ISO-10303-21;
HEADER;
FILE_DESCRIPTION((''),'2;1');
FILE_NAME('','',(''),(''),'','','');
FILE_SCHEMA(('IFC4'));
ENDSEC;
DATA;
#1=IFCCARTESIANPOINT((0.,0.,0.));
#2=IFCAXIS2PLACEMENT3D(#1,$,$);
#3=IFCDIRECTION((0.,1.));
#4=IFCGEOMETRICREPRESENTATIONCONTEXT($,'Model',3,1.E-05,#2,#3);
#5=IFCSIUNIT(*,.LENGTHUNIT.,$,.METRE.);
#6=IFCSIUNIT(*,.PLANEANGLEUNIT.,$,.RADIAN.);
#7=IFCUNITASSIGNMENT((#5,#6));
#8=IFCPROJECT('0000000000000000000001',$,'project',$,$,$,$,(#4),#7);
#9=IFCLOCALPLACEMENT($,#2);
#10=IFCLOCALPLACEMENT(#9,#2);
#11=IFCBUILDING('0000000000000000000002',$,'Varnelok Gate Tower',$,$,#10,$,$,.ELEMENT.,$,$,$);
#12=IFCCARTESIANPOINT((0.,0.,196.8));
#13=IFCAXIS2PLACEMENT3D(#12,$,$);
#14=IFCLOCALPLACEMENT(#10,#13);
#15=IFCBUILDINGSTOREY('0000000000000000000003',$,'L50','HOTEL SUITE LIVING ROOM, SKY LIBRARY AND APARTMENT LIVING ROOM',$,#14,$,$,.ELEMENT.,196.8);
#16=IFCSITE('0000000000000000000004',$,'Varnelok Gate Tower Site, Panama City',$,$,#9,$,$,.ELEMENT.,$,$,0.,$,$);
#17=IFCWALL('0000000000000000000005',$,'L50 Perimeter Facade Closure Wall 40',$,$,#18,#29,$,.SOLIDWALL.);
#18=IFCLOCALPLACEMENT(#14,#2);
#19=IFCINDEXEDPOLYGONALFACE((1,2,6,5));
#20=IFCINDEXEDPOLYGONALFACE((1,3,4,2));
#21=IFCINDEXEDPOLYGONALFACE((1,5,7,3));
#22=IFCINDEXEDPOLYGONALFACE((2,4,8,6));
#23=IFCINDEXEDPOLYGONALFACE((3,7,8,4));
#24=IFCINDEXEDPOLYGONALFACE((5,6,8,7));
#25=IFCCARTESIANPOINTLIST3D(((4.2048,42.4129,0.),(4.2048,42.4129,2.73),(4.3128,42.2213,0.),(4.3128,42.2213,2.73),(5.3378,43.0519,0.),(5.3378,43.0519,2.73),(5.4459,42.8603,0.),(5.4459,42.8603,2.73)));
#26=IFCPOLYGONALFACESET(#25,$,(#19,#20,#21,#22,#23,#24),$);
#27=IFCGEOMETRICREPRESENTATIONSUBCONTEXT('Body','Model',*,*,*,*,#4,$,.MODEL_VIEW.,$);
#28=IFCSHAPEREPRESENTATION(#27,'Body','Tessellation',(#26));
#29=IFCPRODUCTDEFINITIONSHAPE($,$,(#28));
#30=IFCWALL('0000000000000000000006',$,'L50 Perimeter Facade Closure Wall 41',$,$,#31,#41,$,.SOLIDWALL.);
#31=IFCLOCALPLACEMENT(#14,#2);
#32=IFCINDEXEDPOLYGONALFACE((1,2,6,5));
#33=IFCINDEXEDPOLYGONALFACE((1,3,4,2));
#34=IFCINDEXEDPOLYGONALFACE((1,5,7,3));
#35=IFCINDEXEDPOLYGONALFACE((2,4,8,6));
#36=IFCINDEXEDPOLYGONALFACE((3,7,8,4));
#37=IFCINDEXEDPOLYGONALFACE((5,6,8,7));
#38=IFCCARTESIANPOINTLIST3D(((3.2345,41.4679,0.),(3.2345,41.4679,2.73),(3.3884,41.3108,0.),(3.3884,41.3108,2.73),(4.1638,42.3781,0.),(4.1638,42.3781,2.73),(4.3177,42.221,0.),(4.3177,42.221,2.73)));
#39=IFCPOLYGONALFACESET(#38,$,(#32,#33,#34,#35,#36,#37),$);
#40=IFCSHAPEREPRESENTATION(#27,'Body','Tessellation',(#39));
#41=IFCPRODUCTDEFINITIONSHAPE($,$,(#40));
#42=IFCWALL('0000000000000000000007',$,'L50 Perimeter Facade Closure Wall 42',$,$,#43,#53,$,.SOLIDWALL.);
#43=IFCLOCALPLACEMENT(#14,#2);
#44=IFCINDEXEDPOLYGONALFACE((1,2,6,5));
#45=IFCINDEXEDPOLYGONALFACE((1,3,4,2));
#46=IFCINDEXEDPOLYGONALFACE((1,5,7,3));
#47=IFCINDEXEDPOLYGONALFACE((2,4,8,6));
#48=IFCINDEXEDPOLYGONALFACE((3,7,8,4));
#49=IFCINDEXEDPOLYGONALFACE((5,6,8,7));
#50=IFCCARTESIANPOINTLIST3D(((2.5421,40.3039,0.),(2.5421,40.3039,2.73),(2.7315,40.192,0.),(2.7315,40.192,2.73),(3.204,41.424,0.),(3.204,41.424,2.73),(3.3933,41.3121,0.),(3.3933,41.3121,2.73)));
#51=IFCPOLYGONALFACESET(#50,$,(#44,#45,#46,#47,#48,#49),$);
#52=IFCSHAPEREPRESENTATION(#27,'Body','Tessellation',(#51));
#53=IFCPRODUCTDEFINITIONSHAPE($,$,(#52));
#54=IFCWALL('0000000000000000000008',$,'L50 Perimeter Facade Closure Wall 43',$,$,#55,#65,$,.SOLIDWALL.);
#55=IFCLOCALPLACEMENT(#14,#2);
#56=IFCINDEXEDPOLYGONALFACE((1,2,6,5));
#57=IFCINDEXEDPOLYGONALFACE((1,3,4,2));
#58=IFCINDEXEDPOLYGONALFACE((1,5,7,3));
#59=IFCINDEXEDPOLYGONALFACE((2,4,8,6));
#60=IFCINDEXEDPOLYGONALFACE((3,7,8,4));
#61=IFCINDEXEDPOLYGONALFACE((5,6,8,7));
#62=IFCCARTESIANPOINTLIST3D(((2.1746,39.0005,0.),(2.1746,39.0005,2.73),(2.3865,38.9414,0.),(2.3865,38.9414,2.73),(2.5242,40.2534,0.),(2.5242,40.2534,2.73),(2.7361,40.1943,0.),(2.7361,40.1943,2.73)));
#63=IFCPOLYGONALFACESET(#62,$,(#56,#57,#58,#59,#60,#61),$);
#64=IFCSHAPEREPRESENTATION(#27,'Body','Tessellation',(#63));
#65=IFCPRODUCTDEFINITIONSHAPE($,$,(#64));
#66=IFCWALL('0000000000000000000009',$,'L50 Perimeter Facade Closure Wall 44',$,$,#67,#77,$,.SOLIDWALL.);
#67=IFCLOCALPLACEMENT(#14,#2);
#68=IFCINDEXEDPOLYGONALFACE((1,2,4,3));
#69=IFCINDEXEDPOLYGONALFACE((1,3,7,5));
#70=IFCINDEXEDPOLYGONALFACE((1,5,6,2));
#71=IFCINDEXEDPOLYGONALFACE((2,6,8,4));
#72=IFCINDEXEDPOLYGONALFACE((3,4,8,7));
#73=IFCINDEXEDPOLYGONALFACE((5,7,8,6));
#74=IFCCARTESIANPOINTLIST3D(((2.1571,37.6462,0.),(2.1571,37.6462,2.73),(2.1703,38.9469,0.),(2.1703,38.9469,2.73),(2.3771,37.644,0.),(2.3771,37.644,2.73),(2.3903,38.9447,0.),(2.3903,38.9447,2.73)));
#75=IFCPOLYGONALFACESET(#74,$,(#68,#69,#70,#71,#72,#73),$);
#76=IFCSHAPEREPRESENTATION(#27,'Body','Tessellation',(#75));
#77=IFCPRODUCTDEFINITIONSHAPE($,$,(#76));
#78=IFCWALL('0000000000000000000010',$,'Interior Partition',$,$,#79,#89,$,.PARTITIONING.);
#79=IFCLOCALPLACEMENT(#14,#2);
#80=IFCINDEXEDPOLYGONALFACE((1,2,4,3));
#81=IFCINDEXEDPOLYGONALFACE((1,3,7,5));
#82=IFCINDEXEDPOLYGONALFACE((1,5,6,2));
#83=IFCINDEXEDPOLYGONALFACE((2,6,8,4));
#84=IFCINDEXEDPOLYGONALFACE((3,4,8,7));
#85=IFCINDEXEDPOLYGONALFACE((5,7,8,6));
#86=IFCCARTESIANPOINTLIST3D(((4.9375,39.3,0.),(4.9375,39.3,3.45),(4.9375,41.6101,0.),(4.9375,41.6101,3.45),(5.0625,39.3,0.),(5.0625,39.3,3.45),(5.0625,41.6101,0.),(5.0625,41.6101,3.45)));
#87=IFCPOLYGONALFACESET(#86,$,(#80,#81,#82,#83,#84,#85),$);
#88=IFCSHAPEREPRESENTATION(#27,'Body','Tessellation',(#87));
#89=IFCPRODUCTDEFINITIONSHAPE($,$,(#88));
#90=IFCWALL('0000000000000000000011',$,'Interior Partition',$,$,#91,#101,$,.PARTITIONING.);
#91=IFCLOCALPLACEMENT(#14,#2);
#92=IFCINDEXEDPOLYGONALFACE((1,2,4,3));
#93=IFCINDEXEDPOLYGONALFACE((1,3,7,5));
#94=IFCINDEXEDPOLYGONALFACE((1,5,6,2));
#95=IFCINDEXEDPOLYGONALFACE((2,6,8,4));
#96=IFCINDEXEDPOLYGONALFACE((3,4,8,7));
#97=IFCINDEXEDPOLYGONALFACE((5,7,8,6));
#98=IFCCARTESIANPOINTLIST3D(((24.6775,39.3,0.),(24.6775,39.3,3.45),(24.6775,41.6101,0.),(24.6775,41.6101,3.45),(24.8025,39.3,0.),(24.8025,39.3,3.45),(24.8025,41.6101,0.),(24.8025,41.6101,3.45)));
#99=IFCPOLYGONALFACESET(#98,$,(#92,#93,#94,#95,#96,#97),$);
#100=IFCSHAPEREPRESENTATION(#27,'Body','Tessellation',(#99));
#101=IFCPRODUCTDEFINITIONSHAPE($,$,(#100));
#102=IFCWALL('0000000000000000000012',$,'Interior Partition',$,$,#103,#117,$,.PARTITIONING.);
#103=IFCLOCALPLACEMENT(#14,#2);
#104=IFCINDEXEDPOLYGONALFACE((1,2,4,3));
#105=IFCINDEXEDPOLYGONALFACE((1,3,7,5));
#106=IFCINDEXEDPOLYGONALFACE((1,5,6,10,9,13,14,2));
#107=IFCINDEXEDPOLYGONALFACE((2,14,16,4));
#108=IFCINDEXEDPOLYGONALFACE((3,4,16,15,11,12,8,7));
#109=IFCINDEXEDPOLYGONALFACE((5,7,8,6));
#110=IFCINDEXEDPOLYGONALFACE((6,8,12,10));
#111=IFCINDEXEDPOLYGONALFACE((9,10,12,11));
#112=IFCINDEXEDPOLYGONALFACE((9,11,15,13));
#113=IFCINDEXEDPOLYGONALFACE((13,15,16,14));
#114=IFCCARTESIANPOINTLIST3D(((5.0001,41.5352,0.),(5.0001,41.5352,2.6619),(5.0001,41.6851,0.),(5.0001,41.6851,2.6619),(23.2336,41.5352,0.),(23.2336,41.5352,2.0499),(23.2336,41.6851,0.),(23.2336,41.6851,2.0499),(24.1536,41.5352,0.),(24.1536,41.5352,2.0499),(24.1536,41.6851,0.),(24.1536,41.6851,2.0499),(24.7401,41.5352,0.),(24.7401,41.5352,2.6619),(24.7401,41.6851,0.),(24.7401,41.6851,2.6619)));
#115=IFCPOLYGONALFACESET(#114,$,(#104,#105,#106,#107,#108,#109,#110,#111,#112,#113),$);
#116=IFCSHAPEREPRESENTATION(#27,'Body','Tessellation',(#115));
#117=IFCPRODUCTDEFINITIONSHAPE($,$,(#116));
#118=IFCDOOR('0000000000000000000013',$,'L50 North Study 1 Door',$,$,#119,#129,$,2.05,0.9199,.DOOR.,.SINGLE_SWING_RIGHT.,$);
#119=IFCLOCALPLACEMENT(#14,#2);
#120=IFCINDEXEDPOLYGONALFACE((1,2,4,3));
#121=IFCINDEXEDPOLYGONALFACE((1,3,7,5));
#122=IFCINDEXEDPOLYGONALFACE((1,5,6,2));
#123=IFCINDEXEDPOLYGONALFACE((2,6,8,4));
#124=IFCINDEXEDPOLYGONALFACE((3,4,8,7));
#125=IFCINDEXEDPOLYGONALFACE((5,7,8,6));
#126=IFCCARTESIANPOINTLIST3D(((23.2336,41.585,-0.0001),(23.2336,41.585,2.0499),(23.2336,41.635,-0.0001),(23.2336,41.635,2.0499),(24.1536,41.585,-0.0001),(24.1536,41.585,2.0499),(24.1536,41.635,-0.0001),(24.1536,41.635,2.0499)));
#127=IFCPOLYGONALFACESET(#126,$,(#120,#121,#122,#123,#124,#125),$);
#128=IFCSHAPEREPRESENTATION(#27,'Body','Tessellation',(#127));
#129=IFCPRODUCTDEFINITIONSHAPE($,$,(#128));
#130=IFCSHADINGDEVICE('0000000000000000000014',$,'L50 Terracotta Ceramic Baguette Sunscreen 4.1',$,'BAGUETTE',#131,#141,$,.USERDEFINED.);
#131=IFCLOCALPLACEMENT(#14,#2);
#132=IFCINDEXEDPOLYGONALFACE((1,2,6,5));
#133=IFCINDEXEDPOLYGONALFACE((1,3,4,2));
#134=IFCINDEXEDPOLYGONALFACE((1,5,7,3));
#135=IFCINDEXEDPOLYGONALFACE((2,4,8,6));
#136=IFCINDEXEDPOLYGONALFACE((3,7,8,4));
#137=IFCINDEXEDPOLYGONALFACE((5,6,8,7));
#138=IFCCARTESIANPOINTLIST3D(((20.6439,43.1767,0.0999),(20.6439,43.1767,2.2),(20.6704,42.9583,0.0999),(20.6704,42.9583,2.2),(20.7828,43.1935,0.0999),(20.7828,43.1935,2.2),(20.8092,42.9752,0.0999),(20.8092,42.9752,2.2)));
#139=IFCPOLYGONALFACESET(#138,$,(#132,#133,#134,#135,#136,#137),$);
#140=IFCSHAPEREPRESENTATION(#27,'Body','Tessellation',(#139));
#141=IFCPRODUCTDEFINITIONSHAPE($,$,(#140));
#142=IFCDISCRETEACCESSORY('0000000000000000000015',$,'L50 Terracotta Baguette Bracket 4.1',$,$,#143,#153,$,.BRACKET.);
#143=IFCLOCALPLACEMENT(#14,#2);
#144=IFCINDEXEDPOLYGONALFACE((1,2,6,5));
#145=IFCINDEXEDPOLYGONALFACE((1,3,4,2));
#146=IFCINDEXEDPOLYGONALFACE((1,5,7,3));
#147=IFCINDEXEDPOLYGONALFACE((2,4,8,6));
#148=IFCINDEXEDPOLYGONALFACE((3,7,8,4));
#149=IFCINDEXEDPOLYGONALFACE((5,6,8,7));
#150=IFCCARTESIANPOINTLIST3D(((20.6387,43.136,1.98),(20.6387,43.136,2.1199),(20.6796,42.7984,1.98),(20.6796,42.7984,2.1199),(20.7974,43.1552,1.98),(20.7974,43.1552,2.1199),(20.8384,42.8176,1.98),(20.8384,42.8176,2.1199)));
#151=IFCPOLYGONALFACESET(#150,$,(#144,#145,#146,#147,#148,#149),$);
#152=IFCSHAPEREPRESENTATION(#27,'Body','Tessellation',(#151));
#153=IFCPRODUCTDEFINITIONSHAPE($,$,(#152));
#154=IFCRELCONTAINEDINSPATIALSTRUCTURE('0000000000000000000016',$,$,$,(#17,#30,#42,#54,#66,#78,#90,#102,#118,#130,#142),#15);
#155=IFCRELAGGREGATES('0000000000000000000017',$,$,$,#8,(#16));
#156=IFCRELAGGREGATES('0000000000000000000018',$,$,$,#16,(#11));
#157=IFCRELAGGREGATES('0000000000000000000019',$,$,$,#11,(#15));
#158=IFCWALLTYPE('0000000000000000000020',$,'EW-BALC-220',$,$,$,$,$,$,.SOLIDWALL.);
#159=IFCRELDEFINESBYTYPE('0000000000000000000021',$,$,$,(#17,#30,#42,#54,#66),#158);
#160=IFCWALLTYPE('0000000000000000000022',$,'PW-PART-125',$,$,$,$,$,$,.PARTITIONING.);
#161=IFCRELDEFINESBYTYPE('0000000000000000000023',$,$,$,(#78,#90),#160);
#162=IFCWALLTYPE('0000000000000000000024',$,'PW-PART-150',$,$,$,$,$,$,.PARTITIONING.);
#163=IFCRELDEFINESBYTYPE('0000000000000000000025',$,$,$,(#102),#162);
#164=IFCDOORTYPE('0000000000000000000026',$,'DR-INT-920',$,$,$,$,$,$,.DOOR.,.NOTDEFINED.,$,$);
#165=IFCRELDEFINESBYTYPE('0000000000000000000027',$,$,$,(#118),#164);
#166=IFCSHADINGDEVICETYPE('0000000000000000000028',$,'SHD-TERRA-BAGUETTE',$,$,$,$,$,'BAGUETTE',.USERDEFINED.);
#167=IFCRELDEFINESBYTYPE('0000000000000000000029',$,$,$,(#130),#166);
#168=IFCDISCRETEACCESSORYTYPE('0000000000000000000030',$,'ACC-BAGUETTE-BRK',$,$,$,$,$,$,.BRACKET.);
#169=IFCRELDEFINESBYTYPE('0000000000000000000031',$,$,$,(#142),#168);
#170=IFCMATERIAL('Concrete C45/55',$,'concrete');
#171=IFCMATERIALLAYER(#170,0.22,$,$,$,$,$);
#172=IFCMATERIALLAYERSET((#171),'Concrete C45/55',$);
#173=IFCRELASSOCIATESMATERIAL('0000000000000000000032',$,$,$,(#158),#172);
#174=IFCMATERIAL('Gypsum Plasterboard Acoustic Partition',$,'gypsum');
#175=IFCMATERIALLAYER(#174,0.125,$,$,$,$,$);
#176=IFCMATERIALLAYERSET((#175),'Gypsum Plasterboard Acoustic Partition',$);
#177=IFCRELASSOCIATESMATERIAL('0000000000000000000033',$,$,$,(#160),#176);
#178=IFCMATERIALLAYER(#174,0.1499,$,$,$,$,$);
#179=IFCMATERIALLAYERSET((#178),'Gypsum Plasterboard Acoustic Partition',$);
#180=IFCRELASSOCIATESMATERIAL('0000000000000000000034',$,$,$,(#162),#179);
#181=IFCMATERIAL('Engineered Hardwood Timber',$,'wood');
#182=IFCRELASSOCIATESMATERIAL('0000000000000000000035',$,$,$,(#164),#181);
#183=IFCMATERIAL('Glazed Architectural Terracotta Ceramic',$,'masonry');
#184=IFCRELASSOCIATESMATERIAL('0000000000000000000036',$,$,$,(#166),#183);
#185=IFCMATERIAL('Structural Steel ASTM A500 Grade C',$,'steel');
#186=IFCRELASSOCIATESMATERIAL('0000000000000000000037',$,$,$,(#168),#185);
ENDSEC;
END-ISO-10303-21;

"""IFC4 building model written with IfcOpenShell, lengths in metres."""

from ifc_helpers import new_model, si_unit, direction, frame, frame_2d, origin, origin_2d, place, context, subcontext, project, spatial, rectangle, extrude, source, transform, mapped, material, layer, layer_set, type_object, element, fill, save


model = new_model("IFC4")

# Units and contexts
model_context = context("Model", 3, precision=1e-05, world=origin(), true_north=direction((0.0, 1.0)))
body_context = subcontext(model_context, "Body", "Model", "MODEL_VIEW")
ifc_project = project(units=[si_unit("LENGTHUNIT", "METRE"), si_unit("PLANEANGLEUNIT", "RADIAN")], contexts=[model_context])

# Site, building, storey
site_placement = place(None, origin())
site = spatial("IfcSite", under=ifc_project, at=site_placement, Name="Varnelok Gate Tower Site, Panama City", CompositionType="ELEMENT", RefElevation=0.0)
building_placement = place(site_placement, origin())
building = spatial("IfcBuilding", under=site, at=building_placement, Name="Varnelok Gate Tower", CompositionType="ELEMENT")
storey_placement = place(building_placement, frame((0.0, 0.0, 196.8)))
storey = spatial("IfcBuildingStorey", under=building, at=storey_placement, Name="L50", Description="HOTEL SUITE LIVING ROOM, SKY LIBRARY AND APARTMENT LIVING ROOM", CompositionType="ELEMENT", Elevation=196.8)

# Shared definitions
ifc_material_1 = material(Name="Concrete C45/55", Category="concrete")
ifc_layer_1 = layer(ifc_material_1, 0.22)
ifc_layer_set_1 = layer_set([ifc_layer_1], Name="Concrete C45/55")
wall_type_1 = type_object("IfcWallType", Name="EW-BALC-220", PredefinedType="SOLIDWALL", material=ifc_layer_set_1)

# Walls
for number, where, z_axis, x_axis, name in (
    (1, (5.3918, 42.9561, 0.0), (0.0, 0.0, 1.0), (-0.871059, -0.491179, 0.0), "L50 Perimeter Facade Closure Wall 40"),
    (2, (4.2407, 42.2996, 0.0), (0.0, 0.0, 1.0), (-0.714389, -0.699749, 0.0), "L50 Perimeter Facade Closure Wall 41"),
):
    element("IfcWall", number, at=place(storey_placement, frame(where, z_axis=z_axis, x_axis=x_axis)), inside=storey, type_object=wall_type_1, Name=name, PredefinedType="SOLIDWALL", context=body_context, shape_type="SweptSolid", body=[
        extrude(rectangle(XDim=1.3008, YDim=0.22, at=frame_2d((0.6504, 0.0))), origin(), (0.0, 0.0, 1.0), 2.73),
    ])
wall_1_placement = place(storey_placement, frame((3.2986, 41.3679, 0.0), z_axis=(0.0, 0.0, 1.0), x_axis=(-0.508717, -0.860934, 0.0)))
element("IfcWall", 3, at=wall_1_placement, inside=storey, type_object=wall_type_1, Name="L50 Perimeter Facade Closure Wall 42", PredefinedType="SOLIDWALL", context=body_context, shape_type="SweptSolid", body=[
    extrude(rectangle(XDim=1.301, YDim=0.22, at=frame_2d((0.6504, 0.0))), origin(), (0.0, 0.0, 1.0), 2.73),
])
for number, where, z_axis, x_axis, name in (
    (4, (2.6301, 40.2239, 0.0), (0.0, 0.0, 1.0), (-0.268767, -0.963205, 0.0), "L50 Perimeter Facade Closure Wall 43"),
    (5, (2.2803, 38.9458, 0.0), (0.0, 0.0, 1.0), (-0.010135, -0.999949, 0.0), "L50 Perimeter Facade Closure Wall 44"),
):
    element("IfcWall", number, at=place(storey_placement, frame(where, z_axis=z_axis, x_axis=x_axis)), inside=storey, type_object=wall_type_1, Name=name, PredefinedType="SOLIDWALL", context=body_context, shape_type="SweptSolid", body=[
        extrude(rectangle(XDim=1.3008, YDim=0.22, at=frame_2d((0.6504, 0.0))), origin(), (0.0, 0.0, 1.0), 2.73),
    ])
ifc_material_2 = material(Name="Gypsum Plasterboard Acoustic Partition", Category="gypsum")
ifc_layer_2 = layer(ifc_material_2, 0.125)
ifc_layer_set_2 = layer_set([ifc_layer_2], Name="Gypsum Plasterboard Acoustic Partition")
wall_type_2 = type_object("IfcWallType", Name="PW-PART-125", PredefinedType="PARTITIONING", material=ifc_layer_set_2)
for number, where, z_axis, x_axis, name in (
    (6, (5.0, 39.3, 0.0), (0.0, 0.0, 1.0), (0.0, 1.0, 0.0), "Interior Partition"),
    (7, (24.74, 39.3, 0.0), (0.0, 0.0, 1.0), (0.0, 1.0, 0.0), "Interior Partition"),
):
    element("IfcWall", number, at=place(storey_placement, frame(where, z_axis=z_axis, x_axis=x_axis)), inside=storey, type_object=wall_type_2, Name=name, PredefinedType="PARTITIONING", context=body_context, shape_type="SweptSolid", body=[
        extrude(rectangle(XDim=2.3101, YDim=0.125, at=frame_2d((1.155, 0.0))), origin(), (0.0, 0.0, 1.0), 3.45),
    ])

# Wall, opening, door
ifc_layer_3 = layer(ifc_material_2, 0.1499)
ifc_layer_set_3 = layer_set([ifc_layer_3], Name="Gypsum Plasterboard Acoustic Partition")
wall_type_3 = type_object("IfcWallType", Name="PW-PART-150", PredefinedType="PARTITIONING", material=ifc_layer_set_3)
wall_2_placement = place(storey_placement, frame((5.0, 41.6101, 0.0), z_axis=(0.0, 0.0, 1.0), x_axis=(1.0, 0.0, 0.0)))
wall_2 = element("IfcWall", 8, at=wall_2_placement, inside=storey, type_object=wall_type_3, Name="Interior Partition", PredefinedType="PARTITIONING", context=body_context, shape_type="SweptSolid", body=[
    extrude(rectangle(XDim=19.74, YDim=0.1499, at=frame_2d((9.8701, 0.0))), origin(), (0.0, 0.0, 1.0), 2.6619),
])
opening_1_placement = place(wall_2_placement, frame((18.2336, 0.0, 0.0)))
opening_1 = element("IfcOpeningElement", 9, at=opening_1_placement, cuts=wall_2, PredefinedType="OPENING", context=body_context, shape_type="SweptSolid", body=[
    extrude(rectangle(XDim=0.9199, YDim=2.05, at=frame_2d((0.46, 1.0249))), frame((0.0, 0.085, 0.0), z_axis=(0.0, -1.0, 0.0), x_axis=(1.0, 0.0, 0.0)), (0.0, 0.0, 1.0), 0.1699),
])
ifc_material_3 = material(Name="Engineered Hardwood Timber", Category="wood")
door_type_1 = type_object("IfcDoorType", Name="DR-INT-920", OperationType="NOTDEFINED", PredefinedType="DOOR", material=ifc_material_3)
door_1_placement = place(opening_1_placement, origin())
door_1 = element("IfcDoor", 10, at=door_1_placement, inside=storey, type_object=door_type_1, Name="L50 North Study 1 Door", OperationType="SINGLE_SWING_RIGHT", OverallHeight=2.05, OverallWidth=0.9199, PredefinedType="DOOR", context=body_context, shape_type="SweptSolid", body=[
    extrude(rectangle(XDim=0.9199, YDim=2.05, at=frame_2d((0.46, 1.0249))), frame((0.0, 0.0249, 0.0), z_axis=(0.0, -1.0, 0.0), x_axis=(1.0, 0.0, 0.0)), (0.0, 0.0, 1.0), 0.05),
])
fill(opening_1, door_1)

# Shading device
ifc_material_4 = material(Name="Glazed Architectural Terracotta Ceramic", Category="masonry")
shading_device_type = type_object("IfcShadingDeviceType", Name="SHD-TERRA-BAGUETTE", ElementType="BAGUETTE", PredefinedType="USERDEFINED", material=ifc_material_4)
shared_shape_1 = source(origin(), body_context, "Body", "SweptSolid", [
    extrude(rectangle(XDim=0.1399, YDim=0.22, at=origin_2d()), origin(), (0.0, 0.0, 1.0), 2.1001),
])
shading_device_placement = place(storey_placement, frame((20.7266, 43.0759, 0.0999), z_axis=(0.0, 0.0, 1.0), x_axis=(0.992732, 0.120345, 0.0)))
element("IfcShadingDevice", 11, at=shading_device_placement, inside=storey, type_object=shading_device_type, Name="L50 Terracotta Ceramic Baguette Sunscreen 4.1", ObjectType="BAGUETTE", PredefinedType="USERDEFINED", context=body_context, shape_type="MappedRepresentation", body=[
    mapped(shared_shape_1, transform((0.0, 0.0, 0.0), scale=1.0)),
])

# Discrete accessory
ifc_material_5 = material(Name="Structural Steel ASTM A500 Grade C", Category="steel")
discrete_accessory_type = type_object("IfcDiscreteAccessoryType", Name="ACC-BAGUETTE-BRK", PredefinedType="BRACKET", material=ifc_material_5)
shared_shape_2 = source(origin(), body_context, "Body", "SweptSolid", [
    extrude(rectangle(XDim=0.1599, YDim=0.3401, at=origin_2d()), origin(), (0.0, 0.0, 1.0), 0.1399),
])
discrete_accessory_placement = place(storey_placement, frame((20.7385, 42.9768, 1.98), z_axis=(0.0, 0.0, 1.0), x_axis=(0.992732, 0.120345, 0.0)))
element("IfcDiscreteAccessory", 12, at=discrete_accessory_placement, inside=storey, type_object=discrete_accessory_type, Name="L50 Terracotta Baguette Bracket 4.1", PredefinedType="BRACKET", context=body_context, shape_type="MappedRepresentation", body=[
    mapped(shared_shape_2, transform((0.0, 0.0, 0.0), scale=1.0)),
])

save(model, "model.ifc")
